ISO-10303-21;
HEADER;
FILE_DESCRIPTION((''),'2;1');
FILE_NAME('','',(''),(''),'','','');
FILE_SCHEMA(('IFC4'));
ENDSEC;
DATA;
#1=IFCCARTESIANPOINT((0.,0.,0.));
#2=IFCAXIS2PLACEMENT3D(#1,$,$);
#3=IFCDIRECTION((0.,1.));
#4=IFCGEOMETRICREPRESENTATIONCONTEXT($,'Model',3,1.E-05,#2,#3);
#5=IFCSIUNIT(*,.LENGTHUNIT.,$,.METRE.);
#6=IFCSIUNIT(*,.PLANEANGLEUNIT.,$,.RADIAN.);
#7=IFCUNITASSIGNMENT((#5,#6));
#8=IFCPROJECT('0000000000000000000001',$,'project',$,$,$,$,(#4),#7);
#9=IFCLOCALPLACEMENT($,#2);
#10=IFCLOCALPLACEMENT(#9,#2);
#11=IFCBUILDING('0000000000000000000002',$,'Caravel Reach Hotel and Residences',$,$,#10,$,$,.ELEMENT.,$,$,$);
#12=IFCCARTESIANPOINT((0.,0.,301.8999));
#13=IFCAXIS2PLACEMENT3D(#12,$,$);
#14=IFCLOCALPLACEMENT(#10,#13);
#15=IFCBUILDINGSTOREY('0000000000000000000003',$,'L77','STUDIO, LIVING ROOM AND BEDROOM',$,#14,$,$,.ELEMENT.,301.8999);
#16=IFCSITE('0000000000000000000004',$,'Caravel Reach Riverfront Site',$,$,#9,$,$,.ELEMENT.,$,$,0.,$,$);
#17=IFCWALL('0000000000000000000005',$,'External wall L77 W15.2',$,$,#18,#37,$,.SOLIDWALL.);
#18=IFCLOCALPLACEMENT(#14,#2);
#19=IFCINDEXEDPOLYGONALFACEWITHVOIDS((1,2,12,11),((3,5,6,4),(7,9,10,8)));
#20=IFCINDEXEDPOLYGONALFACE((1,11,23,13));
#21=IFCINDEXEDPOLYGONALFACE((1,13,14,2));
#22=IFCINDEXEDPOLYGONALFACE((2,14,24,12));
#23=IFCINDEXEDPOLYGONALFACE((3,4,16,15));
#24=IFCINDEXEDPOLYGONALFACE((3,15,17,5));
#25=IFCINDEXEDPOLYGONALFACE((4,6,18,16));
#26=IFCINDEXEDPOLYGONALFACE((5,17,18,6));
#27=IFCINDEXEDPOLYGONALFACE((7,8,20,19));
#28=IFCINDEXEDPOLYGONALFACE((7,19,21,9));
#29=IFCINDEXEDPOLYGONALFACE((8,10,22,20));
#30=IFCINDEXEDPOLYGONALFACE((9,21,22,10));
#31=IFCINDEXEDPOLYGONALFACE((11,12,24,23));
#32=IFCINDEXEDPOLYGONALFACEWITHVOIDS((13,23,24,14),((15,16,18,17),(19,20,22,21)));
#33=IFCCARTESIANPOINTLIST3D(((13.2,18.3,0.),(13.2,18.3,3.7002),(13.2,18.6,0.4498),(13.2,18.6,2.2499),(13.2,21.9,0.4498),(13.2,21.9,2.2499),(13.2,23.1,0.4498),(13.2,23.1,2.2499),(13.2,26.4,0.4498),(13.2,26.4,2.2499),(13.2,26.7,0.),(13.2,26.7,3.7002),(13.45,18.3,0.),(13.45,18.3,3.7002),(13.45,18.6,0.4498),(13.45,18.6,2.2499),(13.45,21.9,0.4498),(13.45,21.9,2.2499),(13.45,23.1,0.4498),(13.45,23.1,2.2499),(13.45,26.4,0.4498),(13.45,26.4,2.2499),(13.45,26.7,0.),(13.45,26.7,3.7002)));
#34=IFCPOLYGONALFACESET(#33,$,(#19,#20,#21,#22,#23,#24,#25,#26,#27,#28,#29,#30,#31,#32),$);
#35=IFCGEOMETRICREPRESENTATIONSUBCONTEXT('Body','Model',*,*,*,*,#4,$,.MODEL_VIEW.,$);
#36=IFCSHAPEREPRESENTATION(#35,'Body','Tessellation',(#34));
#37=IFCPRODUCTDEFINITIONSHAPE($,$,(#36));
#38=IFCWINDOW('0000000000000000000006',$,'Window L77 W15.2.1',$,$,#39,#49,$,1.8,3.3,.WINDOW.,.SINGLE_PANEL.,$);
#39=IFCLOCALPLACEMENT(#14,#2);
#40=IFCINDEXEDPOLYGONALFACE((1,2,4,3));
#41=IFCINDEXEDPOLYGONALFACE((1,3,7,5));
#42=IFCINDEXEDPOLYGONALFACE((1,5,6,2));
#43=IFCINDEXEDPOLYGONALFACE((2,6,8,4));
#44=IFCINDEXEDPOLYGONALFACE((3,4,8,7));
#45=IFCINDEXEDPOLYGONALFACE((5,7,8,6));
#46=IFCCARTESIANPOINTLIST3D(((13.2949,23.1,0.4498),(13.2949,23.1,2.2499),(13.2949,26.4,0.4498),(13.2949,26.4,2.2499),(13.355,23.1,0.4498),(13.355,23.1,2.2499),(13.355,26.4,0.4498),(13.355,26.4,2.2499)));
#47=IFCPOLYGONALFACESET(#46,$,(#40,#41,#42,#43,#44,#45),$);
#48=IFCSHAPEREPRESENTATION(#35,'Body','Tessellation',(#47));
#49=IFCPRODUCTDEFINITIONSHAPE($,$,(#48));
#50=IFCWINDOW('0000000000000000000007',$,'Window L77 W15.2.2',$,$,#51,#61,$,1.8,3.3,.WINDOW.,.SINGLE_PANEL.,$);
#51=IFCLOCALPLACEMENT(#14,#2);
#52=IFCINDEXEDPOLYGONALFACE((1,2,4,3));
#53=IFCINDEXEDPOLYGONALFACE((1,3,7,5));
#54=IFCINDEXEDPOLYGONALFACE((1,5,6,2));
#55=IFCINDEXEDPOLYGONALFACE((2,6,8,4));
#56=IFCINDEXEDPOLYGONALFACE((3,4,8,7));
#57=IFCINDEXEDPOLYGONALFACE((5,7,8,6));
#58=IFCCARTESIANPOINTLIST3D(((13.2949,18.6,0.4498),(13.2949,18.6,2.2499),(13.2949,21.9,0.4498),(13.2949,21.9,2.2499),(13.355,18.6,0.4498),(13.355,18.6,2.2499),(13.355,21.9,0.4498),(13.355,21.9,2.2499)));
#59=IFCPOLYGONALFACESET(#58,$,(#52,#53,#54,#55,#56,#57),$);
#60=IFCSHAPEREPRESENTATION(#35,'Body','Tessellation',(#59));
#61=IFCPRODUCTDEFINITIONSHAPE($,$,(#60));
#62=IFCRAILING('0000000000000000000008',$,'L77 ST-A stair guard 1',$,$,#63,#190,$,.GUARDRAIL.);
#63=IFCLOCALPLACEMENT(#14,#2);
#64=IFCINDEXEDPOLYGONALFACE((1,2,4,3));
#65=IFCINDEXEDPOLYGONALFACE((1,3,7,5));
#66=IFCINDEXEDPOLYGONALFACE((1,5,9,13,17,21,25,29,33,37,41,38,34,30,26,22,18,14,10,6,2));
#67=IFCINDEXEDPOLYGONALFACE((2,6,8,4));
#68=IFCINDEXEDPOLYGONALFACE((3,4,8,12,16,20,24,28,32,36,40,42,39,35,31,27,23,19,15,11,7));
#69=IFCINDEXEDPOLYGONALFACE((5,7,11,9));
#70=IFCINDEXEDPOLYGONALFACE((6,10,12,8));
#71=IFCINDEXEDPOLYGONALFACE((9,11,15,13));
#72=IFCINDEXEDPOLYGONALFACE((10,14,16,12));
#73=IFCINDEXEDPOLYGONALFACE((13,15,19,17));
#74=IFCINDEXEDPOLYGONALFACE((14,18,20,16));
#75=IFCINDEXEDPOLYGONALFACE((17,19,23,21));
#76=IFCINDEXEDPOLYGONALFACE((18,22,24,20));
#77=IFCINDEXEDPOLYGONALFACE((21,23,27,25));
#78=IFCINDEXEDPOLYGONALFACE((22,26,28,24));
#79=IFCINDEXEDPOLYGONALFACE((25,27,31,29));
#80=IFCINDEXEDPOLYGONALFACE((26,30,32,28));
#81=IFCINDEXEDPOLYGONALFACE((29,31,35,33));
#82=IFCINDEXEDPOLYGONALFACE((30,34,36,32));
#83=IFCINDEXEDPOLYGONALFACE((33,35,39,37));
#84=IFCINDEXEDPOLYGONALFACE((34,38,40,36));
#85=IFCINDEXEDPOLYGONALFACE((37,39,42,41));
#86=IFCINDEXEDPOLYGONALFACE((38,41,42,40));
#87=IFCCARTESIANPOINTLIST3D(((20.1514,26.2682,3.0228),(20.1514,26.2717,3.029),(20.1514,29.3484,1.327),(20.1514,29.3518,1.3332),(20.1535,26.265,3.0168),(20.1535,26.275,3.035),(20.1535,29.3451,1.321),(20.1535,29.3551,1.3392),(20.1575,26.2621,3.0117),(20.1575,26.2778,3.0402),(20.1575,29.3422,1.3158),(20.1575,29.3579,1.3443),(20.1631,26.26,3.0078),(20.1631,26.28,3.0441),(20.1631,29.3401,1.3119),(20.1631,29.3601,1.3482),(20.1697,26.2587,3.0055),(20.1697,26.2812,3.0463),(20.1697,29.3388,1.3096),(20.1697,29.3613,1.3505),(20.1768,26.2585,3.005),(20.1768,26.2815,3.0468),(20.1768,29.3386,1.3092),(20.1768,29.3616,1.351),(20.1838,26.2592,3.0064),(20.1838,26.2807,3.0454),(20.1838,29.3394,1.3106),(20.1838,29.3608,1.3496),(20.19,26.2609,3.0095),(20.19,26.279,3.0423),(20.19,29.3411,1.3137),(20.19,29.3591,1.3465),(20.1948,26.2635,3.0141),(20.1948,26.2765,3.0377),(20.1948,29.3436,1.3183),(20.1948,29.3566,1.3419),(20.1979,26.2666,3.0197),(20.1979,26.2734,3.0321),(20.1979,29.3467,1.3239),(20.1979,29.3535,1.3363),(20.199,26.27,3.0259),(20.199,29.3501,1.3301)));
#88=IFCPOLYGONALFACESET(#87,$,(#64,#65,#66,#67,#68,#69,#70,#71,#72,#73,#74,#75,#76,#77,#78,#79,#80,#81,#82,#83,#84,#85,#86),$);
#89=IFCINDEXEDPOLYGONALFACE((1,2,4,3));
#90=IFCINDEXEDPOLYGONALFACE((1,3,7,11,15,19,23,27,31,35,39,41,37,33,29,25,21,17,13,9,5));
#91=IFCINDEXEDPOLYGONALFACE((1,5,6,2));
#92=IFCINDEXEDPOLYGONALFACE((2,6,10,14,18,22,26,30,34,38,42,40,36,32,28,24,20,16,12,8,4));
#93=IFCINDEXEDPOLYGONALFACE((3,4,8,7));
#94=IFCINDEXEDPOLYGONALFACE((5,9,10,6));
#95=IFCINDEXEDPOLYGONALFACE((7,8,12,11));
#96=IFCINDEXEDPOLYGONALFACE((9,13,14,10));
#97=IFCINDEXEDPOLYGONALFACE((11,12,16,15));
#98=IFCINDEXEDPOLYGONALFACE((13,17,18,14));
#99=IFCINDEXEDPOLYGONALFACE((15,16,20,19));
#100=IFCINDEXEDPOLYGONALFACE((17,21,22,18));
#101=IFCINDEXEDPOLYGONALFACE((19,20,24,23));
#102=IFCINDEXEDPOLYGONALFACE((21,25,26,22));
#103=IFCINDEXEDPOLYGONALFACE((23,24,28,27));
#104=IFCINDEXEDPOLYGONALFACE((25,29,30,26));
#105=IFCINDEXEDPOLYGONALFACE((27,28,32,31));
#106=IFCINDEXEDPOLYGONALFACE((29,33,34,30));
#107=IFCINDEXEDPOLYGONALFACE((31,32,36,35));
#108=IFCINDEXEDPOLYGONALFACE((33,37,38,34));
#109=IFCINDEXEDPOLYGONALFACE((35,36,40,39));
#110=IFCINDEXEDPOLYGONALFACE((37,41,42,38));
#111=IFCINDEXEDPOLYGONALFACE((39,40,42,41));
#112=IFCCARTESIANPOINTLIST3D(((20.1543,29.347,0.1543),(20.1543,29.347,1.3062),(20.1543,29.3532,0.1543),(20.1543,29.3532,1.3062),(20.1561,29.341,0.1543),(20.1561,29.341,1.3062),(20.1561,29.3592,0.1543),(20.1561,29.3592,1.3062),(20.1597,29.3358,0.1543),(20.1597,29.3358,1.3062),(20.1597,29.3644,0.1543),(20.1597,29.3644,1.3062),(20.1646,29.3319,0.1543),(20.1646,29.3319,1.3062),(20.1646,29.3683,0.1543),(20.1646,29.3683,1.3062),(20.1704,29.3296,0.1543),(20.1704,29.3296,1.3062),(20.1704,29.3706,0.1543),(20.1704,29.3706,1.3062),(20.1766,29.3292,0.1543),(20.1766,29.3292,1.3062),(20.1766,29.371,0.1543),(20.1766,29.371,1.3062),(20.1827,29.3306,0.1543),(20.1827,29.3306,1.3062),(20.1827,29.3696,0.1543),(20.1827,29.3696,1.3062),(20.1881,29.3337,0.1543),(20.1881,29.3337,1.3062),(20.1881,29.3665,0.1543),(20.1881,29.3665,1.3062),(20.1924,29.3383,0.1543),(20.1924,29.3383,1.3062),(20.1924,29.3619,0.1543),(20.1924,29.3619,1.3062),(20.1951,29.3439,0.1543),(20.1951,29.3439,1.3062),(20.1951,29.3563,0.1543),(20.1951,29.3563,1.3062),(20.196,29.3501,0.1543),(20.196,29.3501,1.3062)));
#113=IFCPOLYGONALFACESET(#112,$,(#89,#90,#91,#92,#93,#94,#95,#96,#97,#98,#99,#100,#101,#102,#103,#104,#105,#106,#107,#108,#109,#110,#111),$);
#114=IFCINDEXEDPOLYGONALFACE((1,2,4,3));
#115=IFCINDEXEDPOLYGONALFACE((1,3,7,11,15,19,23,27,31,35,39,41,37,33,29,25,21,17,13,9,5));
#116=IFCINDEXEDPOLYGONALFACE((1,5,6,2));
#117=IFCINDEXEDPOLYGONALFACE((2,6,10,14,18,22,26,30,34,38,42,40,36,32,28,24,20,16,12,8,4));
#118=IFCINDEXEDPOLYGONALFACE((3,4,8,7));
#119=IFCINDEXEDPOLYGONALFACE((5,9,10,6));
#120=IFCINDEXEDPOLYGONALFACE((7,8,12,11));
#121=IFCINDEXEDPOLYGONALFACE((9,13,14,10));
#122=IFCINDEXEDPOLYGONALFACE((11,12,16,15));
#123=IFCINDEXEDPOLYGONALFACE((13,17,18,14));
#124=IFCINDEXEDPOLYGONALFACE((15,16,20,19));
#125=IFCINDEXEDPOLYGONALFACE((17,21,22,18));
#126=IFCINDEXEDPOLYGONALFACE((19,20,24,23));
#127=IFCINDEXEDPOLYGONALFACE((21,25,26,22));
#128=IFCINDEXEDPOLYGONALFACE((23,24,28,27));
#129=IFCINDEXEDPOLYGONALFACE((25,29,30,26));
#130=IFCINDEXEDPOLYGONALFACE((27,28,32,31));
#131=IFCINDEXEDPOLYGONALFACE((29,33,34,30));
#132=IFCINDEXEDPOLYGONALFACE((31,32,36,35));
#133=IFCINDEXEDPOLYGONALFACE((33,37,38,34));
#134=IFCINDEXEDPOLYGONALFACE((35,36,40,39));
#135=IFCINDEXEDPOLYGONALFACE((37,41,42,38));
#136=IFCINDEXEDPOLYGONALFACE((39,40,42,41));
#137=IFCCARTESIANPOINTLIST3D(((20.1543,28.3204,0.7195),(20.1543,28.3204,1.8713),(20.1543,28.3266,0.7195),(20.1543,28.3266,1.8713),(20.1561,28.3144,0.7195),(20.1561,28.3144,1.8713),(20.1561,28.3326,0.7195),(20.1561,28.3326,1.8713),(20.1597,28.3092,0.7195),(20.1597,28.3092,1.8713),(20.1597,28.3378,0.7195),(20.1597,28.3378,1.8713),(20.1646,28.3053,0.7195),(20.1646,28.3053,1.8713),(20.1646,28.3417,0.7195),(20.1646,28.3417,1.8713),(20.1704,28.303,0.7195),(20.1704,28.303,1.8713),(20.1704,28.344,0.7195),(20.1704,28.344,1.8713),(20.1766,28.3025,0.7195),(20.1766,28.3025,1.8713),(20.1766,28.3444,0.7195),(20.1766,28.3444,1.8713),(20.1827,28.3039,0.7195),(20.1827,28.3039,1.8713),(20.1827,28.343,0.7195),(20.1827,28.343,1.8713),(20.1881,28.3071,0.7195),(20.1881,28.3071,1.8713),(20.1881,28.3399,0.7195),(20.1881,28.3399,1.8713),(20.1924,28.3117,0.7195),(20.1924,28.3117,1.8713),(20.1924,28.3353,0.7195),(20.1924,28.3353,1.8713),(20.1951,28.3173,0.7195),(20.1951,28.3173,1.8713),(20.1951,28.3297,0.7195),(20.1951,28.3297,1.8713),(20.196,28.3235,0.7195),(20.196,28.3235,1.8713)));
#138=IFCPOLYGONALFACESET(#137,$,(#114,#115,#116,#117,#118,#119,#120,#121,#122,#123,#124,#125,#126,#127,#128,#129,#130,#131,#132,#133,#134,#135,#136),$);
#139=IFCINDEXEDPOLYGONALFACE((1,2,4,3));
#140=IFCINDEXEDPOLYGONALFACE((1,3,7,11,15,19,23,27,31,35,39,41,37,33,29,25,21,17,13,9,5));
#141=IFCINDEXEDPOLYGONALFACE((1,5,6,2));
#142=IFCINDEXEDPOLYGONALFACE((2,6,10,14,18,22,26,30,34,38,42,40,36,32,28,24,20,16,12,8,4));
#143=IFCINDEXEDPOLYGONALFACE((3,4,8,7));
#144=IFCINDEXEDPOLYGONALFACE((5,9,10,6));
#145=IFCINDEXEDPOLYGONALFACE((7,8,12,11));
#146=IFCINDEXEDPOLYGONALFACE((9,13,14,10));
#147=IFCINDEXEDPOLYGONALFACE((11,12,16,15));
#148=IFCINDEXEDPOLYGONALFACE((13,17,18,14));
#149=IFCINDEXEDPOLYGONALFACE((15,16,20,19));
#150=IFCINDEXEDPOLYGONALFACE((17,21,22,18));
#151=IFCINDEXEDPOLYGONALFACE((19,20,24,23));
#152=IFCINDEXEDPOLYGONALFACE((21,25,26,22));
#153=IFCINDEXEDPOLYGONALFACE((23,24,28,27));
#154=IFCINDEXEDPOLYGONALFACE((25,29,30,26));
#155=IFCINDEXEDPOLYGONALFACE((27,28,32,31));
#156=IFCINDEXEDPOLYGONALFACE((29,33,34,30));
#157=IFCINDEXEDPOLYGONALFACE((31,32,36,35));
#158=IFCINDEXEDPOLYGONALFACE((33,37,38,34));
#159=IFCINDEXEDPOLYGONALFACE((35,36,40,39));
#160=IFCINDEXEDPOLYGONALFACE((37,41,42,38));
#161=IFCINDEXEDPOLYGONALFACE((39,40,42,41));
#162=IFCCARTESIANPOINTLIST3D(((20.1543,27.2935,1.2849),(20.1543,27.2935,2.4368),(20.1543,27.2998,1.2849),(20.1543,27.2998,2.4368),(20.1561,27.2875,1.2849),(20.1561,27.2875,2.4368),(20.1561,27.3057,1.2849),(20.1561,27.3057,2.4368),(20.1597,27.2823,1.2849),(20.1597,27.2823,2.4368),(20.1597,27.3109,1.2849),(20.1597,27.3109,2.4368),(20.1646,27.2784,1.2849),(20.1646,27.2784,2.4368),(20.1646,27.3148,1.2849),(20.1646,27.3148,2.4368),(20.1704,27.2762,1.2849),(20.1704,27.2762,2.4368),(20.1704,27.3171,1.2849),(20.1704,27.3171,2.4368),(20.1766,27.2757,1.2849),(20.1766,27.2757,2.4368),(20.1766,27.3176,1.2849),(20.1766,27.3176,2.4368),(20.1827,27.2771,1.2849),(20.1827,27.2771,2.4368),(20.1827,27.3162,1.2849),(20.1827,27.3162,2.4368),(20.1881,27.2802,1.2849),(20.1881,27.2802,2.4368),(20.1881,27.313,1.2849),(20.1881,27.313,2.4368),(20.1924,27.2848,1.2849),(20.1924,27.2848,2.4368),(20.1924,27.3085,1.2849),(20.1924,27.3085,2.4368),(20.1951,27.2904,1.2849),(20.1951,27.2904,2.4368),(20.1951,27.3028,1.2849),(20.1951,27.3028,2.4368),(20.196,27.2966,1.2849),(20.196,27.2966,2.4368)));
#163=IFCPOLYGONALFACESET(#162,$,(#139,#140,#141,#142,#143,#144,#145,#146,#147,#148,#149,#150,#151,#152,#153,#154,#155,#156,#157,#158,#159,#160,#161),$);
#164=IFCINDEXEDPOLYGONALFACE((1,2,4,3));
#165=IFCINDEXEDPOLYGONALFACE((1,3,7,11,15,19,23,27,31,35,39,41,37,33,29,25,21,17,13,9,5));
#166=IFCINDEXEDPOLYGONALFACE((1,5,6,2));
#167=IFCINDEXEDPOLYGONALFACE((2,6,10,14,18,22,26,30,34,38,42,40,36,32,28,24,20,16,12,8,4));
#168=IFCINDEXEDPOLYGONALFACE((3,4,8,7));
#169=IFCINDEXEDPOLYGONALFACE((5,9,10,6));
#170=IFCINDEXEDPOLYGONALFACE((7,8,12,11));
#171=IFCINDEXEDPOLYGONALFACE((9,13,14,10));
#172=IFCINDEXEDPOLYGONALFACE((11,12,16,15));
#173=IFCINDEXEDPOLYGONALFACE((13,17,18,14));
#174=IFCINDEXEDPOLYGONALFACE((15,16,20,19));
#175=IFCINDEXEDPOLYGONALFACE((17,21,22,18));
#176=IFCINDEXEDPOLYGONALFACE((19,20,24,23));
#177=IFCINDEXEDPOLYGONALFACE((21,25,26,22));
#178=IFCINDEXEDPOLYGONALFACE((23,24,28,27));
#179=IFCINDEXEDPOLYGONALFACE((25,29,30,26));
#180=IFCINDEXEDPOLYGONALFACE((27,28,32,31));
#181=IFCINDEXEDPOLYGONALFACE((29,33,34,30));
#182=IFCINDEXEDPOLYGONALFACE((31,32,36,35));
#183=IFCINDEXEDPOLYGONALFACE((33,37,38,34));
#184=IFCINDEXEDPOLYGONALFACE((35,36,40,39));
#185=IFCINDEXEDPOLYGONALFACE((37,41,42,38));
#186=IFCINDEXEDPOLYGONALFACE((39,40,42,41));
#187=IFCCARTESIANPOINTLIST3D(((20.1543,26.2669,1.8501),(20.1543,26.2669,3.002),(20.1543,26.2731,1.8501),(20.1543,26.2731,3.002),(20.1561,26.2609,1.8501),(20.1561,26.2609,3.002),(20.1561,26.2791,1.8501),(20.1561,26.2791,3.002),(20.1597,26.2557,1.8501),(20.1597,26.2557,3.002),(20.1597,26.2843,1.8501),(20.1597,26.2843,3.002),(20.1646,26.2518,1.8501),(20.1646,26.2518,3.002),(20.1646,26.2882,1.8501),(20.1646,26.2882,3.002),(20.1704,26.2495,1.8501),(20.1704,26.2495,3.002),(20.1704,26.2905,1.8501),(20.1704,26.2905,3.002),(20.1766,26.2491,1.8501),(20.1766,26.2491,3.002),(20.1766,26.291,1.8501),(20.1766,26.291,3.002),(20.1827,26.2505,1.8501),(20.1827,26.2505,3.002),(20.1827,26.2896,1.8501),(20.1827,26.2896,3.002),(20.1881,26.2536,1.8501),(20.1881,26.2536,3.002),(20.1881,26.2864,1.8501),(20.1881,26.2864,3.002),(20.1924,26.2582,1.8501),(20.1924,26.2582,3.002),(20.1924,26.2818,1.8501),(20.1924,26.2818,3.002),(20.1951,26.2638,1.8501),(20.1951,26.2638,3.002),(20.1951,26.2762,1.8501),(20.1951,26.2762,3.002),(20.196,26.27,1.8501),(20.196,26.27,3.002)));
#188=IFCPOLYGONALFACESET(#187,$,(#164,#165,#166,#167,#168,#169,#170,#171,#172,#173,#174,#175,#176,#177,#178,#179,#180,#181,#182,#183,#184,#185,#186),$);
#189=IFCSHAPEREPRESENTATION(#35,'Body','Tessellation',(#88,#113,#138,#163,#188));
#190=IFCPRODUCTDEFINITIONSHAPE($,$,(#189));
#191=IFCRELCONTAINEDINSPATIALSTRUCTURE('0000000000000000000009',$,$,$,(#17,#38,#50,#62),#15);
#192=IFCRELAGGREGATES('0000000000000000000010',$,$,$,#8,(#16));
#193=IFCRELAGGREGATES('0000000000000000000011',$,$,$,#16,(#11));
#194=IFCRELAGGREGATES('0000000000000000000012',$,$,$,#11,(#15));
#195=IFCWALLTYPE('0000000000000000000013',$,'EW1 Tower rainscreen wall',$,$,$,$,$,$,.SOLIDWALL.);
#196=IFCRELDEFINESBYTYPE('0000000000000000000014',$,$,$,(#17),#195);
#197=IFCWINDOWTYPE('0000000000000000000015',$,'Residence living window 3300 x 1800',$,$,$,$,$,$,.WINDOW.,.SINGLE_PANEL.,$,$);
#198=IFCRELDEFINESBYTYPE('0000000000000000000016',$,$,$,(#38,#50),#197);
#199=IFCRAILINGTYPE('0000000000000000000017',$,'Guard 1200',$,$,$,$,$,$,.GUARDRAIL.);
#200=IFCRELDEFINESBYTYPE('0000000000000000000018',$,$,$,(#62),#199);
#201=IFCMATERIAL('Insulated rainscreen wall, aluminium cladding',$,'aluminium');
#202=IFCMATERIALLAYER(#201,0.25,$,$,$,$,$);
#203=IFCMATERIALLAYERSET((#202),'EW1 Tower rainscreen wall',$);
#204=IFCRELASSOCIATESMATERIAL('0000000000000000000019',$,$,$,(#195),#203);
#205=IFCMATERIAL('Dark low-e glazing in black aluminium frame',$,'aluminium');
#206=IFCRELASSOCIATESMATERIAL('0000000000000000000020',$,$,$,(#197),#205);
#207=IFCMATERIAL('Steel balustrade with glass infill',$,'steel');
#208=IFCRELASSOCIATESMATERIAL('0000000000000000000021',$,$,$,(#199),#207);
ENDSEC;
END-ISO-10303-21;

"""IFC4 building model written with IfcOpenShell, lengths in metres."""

from ifc_helpers import new_model, si_unit, direction, frame, frame_2d, origin, origin_2d, place, context, subcontext, project, spatial, rectangle, circle, extrude, material, layer, layer_set, type_object, element, fill, save


model = new_model("IFC4")

# Units and contexts
model_context = context("Model", 3, precision=1e-05, world=origin(), true_north=direction((0.0, 1.0)))
body_context = subcontext(model_context, "Body", "Model", "MODEL_VIEW")
ifc_project = project(units=[si_unit("LENGTHUNIT", "METRE"), si_unit("PLANEANGLEUNIT", "RADIAN")], contexts=[model_context])

# Site, building, storey
site_placement = place(None, origin())
site = spatial("IfcSite", under=ifc_project, at=site_placement, Name="Caravel Reach Riverfront Site", CompositionType="ELEMENT", RefElevation=0.0)
building_placement = place(site_placement, origin())
building = spatial("IfcBuilding", under=site, at=building_placement, Name="Caravel Reach Hotel and Residences", CompositionType="ELEMENT")
storey_placement = place(building_placement, frame((0.0, 0.0, 301.8999)))
storey = spatial("IfcBuildingStorey", under=building, at=storey_placement, Name="L77", Description="STUDIO, LIVING ROOM AND BEDROOM", CompositionType="ELEMENT", Elevation=301.8999)

# Wall, openings, windows
ifc_material_1 = material(Name="Insulated rainscreen wall, aluminium cladding", Category="aluminium")
ifc_layer_1 = layer(ifc_material_1, 0.25)
ifc_layer_set_1 = layer_set([ifc_layer_1], Name="EW1 Tower rainscreen wall")
wall_type_1 = type_object("IfcWallType", Name="EW1 Tower rainscreen wall", PredefinedType="SOLIDWALL", material=ifc_layer_set_1)
wall_1_placement = place(storey_placement, frame((13.325, 26.7, 0.0), z_axis=(0.0, 0.0, 1.0), x_axis=(0.0, -1.0, 0.0)))
wall_1 = element("IfcWall", 1, at=wall_1_placement, inside=storey, type_object=wall_type_1, Name="External wall L77 W15.2", PredefinedType="SOLIDWALL", context=body_context, shape_type="SweptSolid", body=[
    extrude(rectangle(XDim=8.3999, YDim=0.25, at=frame_2d((4.2, 0.0))), origin(), (0.0, 0.0, 1.0), 3.7002),
])
opening_1_placement = place(wall_1_placement, frame((0.3, 0.0, 0.45)))
opening_1 = element("IfcOpeningElement", 2, at=opening_1_placement, cuts=wall_1, PredefinedType="OPENING", context=body_context, shape_type="SweptSolid", body=[
    extrude(rectangle(XDim=3.3, YDim=1.8, at=frame_2d((1.6499, 0.8999))), frame((0.0, 0.135, 0.0), z_axis=(0.0, -1.0, 0.0), x_axis=(1.0, 0.0, 0.0)), (0.0, 0.0, 1.0), 0.27),
])
opening_2_placement = place(wall_1_placement, frame((4.8, 0.0, 0.45)))
opening_2 = element("IfcOpeningElement", 3, at=opening_2_placement, cuts=wall_1, PredefinedType="OPENING", context=body_context, shape_type="SweptSolid", body=[
    extrude(rectangle(XDim=3.3, YDim=1.8, at=frame_2d((1.6499, 0.8999))), frame((0.0, 0.135, 0.0), z_axis=(0.0, -1.0, 0.0), x_axis=(1.0, 0.0, 0.0)), (0.0, 0.0, 1.0), 0.27),
])
ifc_material_2 = material(Name="Dark low-e glazing in black aluminium frame", Category="aluminium")
window_type = type_object("IfcWindowType", Name="Residence living window 3300 x 1800", PartitioningType="SINGLE_PANEL", PredefinedType="WINDOW", material=ifc_material_2)
window_1_placement = place(opening_1_placement, origin())
window_1 = element("IfcWindow", 4, at=window_1_placement, inside=storey, type_object=window_type, Name="Window L77 W15.2.1", OverallHeight=1.8, OverallWidth=3.3, PartitioningType="SINGLE_PANEL", PredefinedType="WINDOW", context=body_context, shape_type="SweptSolid", body=[
    extrude(rectangle(XDim=3.3, YDim=1.8, at=frame_2d((1.6499, 0.8999))), frame((0.0, 0.03, 0.0), z_axis=(0.0, -1.0, 0.0), x_axis=(1.0, 0.0, 0.0)), (0.0, 0.0, 1.0), 0.0601),
])
fill(opening_1, window_1)
window_2_placement = place(opening_2_placement, origin())
window_2 = element("IfcWindow", 5, at=window_2_placement, inside=storey, type_object=window_type, Name="Window L77 W15.2.2", OverallHeight=1.8, OverallWidth=3.3, PartitioningType="SINGLE_PANEL", PredefinedType="WINDOW", context=body_context, shape_type="SweptSolid", body=[
    extrude(rectangle(XDim=3.3, YDim=1.8, at=frame_2d((1.6499, 0.8999))), frame((0.0, 0.03, 0.0), z_axis=(0.0, -1.0, 0.0), x_axis=(1.0, 0.0, 0.0)), (0.0, 0.0, 1.0), 0.0601),
])
fill(opening_2, window_2)

# Railing
ifc_material_3 = material(Name="Steel balustrade with glass infill", Category="steel")
railing_type_1 = type_object("IfcRailingType", Name="Guard 1200", PredefinedType="GUARDRAIL", material=ifc_material_3)
railing_1_placement = place(storey_placement, frame((20.175, 29.3501, 0.1543)))
element("IfcRailing", 6, at=railing_1_placement, inside=storey, type_object=railing_type_1, Name="L77 ST-A stair guard 1", PredefinedType="GUARDRAIL", context=body_context, shape_type="SweptSolid", body=[
    extrude(circle(Radius=0.0239, at=origin_2d()), frame((0.0, 0.0, 1.1758), z_axis=(0.0, -0.876005, 0.482303), x_axis=(1.0, 0.0, 0.0)), (0.0, 0.0, 1.0), 3.5161),
    extrude(circle(Radius=0.021, at=origin_2d()), origin(), (0.0, 0.0, 1.0), 1.1519),
    extrude(circle(Radius=0.021, at=origin_2d()), frame((0.0, -1.0266, 0.5652)), (0.0, 0.0, 1.0), 1.1519),
    extrude(circle(Radius=0.021, at=origin_2d()), frame((0.0, -2.0535, 1.1306)), (0.0, 0.0, 1.0), 1.1519),
    extrude(circle(Radius=0.021, at=origin_2d()), frame((0.0, -3.0801, 1.6958)), (0.0, 0.0, 1.0), 1.1519),
])

save(model, "model.ifc")
